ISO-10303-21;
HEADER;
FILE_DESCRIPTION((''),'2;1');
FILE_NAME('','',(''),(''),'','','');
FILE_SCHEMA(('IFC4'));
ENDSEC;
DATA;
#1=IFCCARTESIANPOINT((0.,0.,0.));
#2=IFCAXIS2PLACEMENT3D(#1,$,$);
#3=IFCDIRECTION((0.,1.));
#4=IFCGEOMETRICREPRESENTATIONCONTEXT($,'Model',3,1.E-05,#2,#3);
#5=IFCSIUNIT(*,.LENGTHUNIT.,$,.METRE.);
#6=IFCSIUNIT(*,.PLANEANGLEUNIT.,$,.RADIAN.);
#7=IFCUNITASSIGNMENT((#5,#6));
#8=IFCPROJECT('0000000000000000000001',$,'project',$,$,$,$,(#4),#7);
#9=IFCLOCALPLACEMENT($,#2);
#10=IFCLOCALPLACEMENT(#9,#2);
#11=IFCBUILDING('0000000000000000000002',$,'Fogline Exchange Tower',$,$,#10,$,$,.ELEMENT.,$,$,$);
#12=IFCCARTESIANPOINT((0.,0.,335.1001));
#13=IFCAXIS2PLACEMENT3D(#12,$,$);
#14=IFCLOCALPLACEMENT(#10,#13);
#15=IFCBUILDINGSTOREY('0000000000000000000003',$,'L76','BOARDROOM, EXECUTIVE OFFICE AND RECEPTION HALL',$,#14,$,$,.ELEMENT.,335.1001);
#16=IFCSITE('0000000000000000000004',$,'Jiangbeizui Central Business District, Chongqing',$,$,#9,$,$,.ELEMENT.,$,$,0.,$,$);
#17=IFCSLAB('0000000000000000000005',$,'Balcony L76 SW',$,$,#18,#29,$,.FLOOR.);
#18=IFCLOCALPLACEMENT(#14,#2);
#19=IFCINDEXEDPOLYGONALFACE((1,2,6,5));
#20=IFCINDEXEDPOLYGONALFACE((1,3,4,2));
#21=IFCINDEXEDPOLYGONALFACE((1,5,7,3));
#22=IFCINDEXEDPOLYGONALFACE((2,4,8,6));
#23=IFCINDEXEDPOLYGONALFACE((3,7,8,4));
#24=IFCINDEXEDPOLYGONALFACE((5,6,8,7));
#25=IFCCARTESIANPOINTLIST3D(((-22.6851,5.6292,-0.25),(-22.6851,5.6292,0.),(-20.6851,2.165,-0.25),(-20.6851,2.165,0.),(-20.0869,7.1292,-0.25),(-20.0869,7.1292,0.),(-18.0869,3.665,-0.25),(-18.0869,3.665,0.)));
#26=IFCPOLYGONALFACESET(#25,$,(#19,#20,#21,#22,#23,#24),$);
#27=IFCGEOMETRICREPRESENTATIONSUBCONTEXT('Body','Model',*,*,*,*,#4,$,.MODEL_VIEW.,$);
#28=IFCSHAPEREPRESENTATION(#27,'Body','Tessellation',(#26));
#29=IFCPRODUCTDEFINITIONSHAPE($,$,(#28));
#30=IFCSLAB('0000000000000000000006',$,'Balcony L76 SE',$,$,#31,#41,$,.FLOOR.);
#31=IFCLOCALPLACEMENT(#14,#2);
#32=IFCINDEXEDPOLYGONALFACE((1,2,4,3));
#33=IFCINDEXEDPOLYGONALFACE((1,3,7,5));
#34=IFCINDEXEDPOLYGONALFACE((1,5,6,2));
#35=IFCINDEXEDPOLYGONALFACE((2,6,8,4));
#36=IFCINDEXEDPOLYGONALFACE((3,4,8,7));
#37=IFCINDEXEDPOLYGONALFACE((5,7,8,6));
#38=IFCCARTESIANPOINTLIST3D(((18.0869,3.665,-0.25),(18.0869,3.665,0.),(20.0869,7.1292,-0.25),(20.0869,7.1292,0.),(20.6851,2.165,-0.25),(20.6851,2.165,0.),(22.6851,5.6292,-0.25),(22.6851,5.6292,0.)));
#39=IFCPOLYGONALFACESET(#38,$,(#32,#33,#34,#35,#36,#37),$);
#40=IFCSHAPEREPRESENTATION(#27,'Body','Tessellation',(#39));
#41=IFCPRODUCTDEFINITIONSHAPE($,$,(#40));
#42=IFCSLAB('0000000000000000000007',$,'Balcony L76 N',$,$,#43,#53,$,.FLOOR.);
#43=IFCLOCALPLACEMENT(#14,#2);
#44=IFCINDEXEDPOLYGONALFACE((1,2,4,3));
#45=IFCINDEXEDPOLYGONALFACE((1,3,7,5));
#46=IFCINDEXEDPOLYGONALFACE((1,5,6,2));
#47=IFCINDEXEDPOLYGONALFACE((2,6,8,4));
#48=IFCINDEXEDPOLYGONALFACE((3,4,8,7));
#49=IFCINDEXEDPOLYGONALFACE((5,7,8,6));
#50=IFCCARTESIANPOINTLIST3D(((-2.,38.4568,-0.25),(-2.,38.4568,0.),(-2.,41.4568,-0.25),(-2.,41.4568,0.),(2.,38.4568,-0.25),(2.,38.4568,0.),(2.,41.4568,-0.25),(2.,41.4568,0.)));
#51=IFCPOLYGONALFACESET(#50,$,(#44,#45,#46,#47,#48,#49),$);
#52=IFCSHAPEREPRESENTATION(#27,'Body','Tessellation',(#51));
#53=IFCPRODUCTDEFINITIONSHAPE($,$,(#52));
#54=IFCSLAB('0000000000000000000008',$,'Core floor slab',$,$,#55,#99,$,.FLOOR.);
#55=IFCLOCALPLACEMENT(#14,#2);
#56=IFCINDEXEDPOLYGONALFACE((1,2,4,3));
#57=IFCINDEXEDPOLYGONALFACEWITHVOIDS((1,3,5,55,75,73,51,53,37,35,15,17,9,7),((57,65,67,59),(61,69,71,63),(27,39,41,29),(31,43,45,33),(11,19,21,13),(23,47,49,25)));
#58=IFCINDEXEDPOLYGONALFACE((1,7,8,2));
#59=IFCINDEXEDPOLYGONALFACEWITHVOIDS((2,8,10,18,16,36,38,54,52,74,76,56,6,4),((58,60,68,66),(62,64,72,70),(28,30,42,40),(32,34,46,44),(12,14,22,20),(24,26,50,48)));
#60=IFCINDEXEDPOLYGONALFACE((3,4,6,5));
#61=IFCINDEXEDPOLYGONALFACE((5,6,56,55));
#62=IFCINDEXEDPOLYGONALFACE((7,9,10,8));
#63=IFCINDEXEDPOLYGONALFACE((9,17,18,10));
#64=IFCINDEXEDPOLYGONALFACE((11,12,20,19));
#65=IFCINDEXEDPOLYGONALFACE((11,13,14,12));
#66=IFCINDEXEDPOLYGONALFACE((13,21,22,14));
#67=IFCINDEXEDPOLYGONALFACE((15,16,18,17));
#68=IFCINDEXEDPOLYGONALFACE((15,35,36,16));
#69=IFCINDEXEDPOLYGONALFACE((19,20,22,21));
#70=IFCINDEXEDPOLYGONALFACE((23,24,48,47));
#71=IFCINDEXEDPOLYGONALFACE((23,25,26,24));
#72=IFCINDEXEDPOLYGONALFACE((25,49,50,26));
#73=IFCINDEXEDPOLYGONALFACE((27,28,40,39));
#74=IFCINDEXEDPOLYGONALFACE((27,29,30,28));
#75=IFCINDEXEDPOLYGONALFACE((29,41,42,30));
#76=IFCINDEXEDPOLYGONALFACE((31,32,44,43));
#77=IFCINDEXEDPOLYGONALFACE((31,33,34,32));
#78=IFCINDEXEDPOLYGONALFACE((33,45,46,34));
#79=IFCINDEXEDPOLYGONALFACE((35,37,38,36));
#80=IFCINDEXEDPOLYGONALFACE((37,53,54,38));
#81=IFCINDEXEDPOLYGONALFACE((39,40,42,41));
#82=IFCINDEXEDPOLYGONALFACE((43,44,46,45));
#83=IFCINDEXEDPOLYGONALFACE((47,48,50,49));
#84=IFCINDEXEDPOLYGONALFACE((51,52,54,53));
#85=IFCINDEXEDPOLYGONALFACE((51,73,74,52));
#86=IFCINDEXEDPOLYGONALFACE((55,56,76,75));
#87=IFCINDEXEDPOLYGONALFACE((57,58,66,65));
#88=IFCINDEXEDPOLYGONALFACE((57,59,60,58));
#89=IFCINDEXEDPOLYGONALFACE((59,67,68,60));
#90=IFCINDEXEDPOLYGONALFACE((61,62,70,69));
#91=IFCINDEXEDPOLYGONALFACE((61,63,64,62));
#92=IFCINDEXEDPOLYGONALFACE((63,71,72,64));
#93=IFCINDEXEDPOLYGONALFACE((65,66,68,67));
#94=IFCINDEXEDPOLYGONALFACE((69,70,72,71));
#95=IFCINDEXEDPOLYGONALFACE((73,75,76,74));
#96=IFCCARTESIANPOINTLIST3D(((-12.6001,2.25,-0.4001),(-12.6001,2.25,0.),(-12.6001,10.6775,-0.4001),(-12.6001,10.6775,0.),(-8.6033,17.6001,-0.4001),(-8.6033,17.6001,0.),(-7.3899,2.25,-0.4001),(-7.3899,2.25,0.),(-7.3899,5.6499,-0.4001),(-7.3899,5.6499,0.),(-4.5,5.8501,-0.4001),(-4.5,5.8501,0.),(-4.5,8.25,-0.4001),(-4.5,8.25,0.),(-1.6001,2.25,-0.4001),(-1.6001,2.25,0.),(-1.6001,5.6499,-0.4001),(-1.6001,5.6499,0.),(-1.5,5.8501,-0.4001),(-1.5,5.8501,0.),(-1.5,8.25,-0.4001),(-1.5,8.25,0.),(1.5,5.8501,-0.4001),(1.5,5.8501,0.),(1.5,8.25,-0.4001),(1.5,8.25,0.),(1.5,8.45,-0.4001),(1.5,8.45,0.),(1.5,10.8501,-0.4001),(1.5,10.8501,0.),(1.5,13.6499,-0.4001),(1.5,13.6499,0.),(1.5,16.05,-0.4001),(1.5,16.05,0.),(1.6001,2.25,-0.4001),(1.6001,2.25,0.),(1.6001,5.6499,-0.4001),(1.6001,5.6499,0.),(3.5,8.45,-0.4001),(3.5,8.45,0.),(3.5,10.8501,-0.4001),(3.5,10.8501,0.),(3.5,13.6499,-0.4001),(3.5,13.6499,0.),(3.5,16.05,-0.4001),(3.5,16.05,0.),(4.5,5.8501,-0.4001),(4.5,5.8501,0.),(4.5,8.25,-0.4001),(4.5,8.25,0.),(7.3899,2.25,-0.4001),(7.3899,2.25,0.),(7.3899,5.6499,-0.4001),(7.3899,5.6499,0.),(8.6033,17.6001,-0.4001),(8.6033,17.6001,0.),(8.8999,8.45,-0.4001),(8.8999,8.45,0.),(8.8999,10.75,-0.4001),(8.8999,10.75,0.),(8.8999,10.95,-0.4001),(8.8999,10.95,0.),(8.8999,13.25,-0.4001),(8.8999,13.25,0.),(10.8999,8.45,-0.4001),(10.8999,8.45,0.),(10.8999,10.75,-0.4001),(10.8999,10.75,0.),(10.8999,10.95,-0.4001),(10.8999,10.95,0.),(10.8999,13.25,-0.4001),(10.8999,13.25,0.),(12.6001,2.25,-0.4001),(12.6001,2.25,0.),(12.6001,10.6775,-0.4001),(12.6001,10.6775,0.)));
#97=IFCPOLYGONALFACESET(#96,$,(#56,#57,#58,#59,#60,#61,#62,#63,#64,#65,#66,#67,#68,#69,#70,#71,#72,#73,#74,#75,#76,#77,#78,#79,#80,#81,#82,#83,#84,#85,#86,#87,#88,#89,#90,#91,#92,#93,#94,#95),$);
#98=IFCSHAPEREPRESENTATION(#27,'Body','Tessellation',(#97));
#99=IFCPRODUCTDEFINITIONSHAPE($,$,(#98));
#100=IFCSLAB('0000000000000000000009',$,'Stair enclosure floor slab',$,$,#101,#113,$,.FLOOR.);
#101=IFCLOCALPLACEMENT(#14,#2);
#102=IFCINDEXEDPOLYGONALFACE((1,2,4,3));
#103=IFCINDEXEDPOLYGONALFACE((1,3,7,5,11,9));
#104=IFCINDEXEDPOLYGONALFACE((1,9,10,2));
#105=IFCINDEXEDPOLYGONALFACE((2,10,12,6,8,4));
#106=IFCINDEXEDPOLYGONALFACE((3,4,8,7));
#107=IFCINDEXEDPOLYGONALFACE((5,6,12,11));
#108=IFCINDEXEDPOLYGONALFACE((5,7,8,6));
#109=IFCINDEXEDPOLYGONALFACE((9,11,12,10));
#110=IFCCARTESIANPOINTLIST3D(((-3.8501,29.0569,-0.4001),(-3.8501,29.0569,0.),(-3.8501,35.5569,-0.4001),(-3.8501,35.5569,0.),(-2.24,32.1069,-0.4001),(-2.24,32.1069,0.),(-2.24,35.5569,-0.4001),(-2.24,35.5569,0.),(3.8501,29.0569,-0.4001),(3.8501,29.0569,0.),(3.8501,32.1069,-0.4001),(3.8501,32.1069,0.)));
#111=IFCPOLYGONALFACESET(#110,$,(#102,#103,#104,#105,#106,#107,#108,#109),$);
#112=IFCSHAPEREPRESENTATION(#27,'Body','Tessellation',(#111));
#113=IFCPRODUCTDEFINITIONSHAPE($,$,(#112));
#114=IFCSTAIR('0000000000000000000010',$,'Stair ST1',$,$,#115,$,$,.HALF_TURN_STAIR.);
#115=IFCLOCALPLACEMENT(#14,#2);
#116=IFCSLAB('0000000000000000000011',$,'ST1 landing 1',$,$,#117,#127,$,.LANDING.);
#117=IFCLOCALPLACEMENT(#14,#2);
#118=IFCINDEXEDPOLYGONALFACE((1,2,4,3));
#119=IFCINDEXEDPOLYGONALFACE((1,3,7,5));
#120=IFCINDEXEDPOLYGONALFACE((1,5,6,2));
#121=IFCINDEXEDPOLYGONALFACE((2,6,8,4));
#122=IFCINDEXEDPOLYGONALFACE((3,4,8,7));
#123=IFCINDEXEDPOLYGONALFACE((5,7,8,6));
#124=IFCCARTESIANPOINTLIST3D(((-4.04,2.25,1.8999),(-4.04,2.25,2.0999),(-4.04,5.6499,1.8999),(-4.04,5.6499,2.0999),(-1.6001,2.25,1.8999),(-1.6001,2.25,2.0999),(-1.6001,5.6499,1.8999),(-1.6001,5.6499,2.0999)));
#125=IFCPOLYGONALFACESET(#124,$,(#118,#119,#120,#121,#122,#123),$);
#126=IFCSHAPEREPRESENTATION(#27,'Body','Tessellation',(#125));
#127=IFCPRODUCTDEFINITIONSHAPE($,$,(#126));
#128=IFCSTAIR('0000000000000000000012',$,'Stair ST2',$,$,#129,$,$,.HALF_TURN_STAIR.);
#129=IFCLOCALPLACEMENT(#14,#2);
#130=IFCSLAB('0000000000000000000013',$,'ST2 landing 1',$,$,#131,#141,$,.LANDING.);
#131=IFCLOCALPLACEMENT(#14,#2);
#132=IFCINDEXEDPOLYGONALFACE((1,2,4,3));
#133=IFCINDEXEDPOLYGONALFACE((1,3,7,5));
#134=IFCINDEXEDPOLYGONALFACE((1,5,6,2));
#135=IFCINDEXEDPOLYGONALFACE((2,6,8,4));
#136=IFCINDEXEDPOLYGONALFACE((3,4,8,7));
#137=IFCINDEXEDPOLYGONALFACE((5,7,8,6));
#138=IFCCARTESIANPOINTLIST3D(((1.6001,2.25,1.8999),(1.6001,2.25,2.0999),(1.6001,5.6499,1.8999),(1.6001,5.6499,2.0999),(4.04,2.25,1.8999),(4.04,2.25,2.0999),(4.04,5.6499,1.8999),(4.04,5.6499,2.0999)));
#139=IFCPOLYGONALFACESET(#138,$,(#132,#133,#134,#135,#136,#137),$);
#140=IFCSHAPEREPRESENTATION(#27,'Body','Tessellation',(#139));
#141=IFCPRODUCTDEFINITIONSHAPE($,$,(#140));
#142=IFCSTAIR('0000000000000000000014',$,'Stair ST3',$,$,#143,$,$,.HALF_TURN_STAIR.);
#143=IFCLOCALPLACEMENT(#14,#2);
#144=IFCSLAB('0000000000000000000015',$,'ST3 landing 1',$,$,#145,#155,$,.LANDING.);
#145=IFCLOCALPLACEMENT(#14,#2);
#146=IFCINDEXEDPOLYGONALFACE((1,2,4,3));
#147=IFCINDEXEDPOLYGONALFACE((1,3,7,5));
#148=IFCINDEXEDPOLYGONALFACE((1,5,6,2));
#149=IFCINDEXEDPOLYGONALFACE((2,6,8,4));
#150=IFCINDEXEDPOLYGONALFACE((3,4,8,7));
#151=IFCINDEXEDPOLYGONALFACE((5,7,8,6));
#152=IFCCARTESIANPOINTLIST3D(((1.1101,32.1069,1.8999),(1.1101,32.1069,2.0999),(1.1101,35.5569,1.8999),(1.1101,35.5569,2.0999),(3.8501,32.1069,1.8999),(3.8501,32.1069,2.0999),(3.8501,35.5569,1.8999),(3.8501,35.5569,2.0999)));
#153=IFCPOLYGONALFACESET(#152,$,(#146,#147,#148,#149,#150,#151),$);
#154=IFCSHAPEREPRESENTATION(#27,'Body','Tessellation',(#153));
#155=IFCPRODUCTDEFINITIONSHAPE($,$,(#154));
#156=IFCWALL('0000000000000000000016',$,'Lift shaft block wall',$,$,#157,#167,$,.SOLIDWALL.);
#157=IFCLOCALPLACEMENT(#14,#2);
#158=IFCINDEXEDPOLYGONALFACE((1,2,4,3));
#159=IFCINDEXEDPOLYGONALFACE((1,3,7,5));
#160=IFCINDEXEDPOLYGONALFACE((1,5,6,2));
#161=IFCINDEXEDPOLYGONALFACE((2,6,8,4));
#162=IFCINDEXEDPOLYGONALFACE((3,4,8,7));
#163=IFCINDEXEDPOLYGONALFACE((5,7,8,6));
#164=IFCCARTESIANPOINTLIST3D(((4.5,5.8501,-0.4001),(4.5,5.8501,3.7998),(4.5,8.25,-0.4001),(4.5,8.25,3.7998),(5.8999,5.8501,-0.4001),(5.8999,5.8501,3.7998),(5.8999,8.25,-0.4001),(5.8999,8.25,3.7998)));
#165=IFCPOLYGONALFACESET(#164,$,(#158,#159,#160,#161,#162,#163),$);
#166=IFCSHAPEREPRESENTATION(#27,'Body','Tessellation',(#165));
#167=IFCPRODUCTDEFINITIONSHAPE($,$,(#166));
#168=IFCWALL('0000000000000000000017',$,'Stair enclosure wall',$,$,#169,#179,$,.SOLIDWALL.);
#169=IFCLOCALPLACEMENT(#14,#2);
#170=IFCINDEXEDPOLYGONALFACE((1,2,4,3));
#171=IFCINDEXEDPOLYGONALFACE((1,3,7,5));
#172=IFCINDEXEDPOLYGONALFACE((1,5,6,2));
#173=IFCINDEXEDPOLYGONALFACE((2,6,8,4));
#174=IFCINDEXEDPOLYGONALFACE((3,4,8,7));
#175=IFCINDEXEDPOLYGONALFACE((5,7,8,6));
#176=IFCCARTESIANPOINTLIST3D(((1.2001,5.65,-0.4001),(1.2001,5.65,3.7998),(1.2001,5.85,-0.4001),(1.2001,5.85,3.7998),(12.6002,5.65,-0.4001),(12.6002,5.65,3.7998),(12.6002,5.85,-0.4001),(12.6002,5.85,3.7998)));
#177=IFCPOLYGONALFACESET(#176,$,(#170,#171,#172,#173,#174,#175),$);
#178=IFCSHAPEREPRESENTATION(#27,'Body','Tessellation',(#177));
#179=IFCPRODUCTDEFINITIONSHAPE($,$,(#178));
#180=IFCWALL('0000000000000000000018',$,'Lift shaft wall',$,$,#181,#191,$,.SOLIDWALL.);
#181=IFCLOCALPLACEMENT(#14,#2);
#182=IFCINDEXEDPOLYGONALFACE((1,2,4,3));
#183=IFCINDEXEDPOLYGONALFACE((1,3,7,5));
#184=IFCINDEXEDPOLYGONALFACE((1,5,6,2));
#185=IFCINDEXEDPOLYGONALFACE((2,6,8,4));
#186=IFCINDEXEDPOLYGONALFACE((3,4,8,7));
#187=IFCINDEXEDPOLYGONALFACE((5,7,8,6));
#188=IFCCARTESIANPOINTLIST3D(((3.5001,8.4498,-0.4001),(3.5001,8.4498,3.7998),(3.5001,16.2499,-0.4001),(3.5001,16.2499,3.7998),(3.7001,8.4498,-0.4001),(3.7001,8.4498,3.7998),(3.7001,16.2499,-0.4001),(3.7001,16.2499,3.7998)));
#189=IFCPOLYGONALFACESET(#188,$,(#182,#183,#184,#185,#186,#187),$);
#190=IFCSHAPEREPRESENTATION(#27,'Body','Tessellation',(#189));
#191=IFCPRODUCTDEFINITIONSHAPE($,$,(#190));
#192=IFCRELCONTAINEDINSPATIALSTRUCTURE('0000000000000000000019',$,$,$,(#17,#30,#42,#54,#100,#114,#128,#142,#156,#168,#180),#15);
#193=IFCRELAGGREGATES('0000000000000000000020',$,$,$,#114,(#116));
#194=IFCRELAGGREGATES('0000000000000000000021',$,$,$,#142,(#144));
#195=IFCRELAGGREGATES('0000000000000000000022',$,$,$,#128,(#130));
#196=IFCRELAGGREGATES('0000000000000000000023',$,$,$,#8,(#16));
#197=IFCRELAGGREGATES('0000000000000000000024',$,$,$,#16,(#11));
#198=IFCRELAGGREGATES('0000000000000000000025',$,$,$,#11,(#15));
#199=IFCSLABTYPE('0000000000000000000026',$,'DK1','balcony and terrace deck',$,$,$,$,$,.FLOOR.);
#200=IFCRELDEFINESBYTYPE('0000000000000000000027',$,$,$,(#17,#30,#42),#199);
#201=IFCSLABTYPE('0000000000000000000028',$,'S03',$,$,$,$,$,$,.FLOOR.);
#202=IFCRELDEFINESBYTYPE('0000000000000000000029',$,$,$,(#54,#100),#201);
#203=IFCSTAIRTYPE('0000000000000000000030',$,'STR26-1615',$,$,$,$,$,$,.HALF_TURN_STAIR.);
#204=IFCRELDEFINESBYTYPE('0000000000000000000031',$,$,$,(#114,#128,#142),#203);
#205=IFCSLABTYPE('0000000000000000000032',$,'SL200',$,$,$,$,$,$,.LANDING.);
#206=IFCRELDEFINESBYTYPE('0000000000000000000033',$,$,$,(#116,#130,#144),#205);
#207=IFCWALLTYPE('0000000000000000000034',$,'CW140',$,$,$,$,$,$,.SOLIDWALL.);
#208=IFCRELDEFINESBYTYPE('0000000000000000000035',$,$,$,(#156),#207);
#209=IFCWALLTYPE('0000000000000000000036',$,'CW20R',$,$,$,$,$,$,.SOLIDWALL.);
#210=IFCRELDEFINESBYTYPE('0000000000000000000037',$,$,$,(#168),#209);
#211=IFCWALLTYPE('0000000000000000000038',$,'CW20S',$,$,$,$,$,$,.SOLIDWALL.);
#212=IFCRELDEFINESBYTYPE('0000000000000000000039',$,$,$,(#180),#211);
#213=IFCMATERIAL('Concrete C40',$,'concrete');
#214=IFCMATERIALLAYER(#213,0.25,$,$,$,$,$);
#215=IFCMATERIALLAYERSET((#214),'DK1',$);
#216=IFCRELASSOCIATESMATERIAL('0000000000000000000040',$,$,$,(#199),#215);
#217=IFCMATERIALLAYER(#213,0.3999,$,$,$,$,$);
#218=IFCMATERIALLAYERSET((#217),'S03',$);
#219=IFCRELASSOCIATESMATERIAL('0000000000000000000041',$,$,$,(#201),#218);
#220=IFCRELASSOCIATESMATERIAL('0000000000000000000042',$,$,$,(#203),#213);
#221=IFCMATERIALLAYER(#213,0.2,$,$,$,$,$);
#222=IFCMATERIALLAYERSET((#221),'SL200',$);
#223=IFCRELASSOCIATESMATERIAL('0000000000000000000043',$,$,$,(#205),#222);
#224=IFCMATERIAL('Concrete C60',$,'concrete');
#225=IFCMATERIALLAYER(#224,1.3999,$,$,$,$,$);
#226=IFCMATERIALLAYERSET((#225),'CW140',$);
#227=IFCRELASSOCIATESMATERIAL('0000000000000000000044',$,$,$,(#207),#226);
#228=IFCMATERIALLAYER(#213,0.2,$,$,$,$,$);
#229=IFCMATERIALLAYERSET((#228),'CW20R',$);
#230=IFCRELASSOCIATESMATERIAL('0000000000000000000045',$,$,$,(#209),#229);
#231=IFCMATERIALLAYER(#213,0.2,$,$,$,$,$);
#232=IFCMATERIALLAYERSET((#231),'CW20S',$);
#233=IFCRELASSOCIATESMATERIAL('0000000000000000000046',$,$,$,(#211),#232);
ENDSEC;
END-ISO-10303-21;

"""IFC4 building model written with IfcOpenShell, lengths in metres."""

from ifc_helpers import new_model, si_unit, direction, frame, frame_2d, origin, place, context, subcontext, project, spatial, polyline, rectangle, outline, extrude, material, layer, layer_set, type_object, element, aggregate, save


model = new_model("IFC4")

# Units and contexts
model_context = context("Model", 3, precision=1e-05, world=origin(), true_north=direction((0.0, 1.0)))
body_context = subcontext(model_context, "Body", "Model", "MODEL_VIEW")
ifc_project = project(units=[si_unit("LENGTHUNIT", "METRE"), si_unit("PLANEANGLEUNIT", "RADIAN")], contexts=[model_context])

# Site, building, storey
site_placement = place(None, origin())
site = spatial("IfcSite", under=ifc_project, at=site_placement, Name="Jiangbeizui Central Business District, Chongqing", CompositionType="ELEMENT", RefElevation=0.0)
building_placement = place(site_placement, origin())
building = spatial("IfcBuilding", under=site, at=building_placement, Name="Fogline Exchange Tower", CompositionType="ELEMENT")
storey_placement = place(building_placement, frame((0.0, 0.0, 335.1001)))
storey = spatial("IfcBuildingStorey", under=building, at=storey_placement, Name="L76", Description="BOARDROOM, EXECUTIVE OFFICE AND RECEPTION HALL", CompositionType="ELEMENT", Elevation=335.1001)

# Slabs
ifc_material_1 = material(Name="Concrete C40", Category="concrete")
ifc_layer_1 = layer(ifc_material_1, 0.25)
ifc_layer_set_1 = layer_set([ifc_layer_1], Name="DK1")
slab_type_1 = type_object("IfcSlabType", Name="DK1", Description="balcony and terrace deck", PredefinedType="FLOOR", material=ifc_layer_set_1)
slab_1_placement = place(storey_placement, frame((0.0, 0.0, -0.25)))
element("IfcSlab", 1, at=slab_1_placement, inside=storey, type_object=slab_type_1, Name="Balcony L76 SW", PredefinedType="FLOOR", context=body_context, shape_type="SweptSolid", body=[
    extrude(outline(polyline([(-22.6851, 5.6292), (-20.6851, 2.165), (-18.0869, 3.665), (-20.0869, 7.1292), (-22.6851, 5.6292)])), origin(), (0.0, 0.0, 1.0), 0.25),
])
slab_2_placement = place(storey_placement, frame((0.0, 0.0, -0.25)))
element("IfcSlab", 2, at=slab_2_placement, inside=storey, type_object=slab_type_1, Name="Balcony L76 SE", PredefinedType="FLOOR", context=body_context, shape_type="SweptSolid", body=[
    extrude(outline(polyline([(20.6851, 2.165), (22.6851, 5.6292), (20.0869, 7.1292), (18.0869, 3.665), (20.6851, 2.165)])), origin(), (0.0, 0.0, 1.0), 0.25),
])
slab_3_placement = place(storey_placement, frame((0.0, 0.0, -0.25)))
element("IfcSlab", 3, at=slab_3_placement, inside=storey, type_object=slab_type_1, Name="Balcony L76 N", PredefinedType="FLOOR", context=body_context, shape_type="SweptSolid", body=[
    extrude(outline(polyline([(2.0, 41.4568), (-2.0, 41.4568), (-2.0, 38.4568), (2.0, 38.4568), (2.0, 41.4568)])), origin(), (0.0, 0.0, 1.0), 0.25),
])
ifc_layer_2 = layer(ifc_material_1, 0.3999)
ifc_layer_set_2 = layer_set([ifc_layer_2], Name="S03")
slab_type_2 = type_object("IfcSlabType", Name="S03", PredefinedType="FLOOR", material=ifc_layer_set_2)
slab_4_placement = place(storey_placement, frame((0.0, 0.0, -0.4001)))
element("IfcSlab", 4, at=slab_4_placement, inside=storey, type_object=slab_type_2, Name="Core floor slab", PredefinedType="FLOOR", context=body_context, shape_type="SweptSolid", body=[
    extrude(outline(polyline([(-12.6001, 2.25), (-12.6001, 10.6775), (-8.6033, 17.6001), (8.6033, 17.6001), (12.6001, 10.6775), (12.6001, 2.25), (7.3899, 2.25), (7.3899, 5.6499), (1.6001, 5.6499), (1.6001, 2.25), (-1.6001, 2.25), (-1.6001, 5.6499), (-7.3899, 5.6499), (-7.3899, 2.25), (-12.6001, 2.25)]), holes=[polyline([(-4.5, 8.25), (-4.5, 5.8501), (-1.5, 5.8501), (-1.5, 8.25), (-4.5, 8.25)]), polyline([(1.5, 8.25), (1.5, 5.8501), (4.5, 5.8501), (4.5, 8.25), (1.5, 8.25)]), polyline([(8.8999, 10.75), (8.8999, 8.45), (10.8999, 8.45), (10.8999, 10.75), (8.8999, 10.75)]), polyline([(1.5, 10.8501), (1.5, 8.45), (3.5, 8.45), (3.5, 10.8501), (1.5, 10.8501)]), polyline([(8.8999, 13.25), (8.8999, 10.95), (10.8999, 10.95), (10.8999, 13.25), (8.8999, 13.25)]), polyline([(1.5, 16.05), (1.5, 13.6499), (3.5, 13.6499), (3.5, 16.05), (1.5, 16.05)])]), origin(), (0.0, 0.0, 1.0), 0.4001),
])
slab_5_placement = place(storey_placement, frame((0.0, 0.0, -0.4001)))
element("IfcSlab", 5, at=slab_5_placement, inside=storey, type_object=slab_type_2, Name="Stair enclosure floor slab", PredefinedType="FLOOR", context=body_context, shape_type="SweptSolid", body=[
    extrude(outline(polyline([(3.8501, 29.0569), (-3.8501, 29.0569), (-3.8501, 35.5569), (-2.24, 35.5569), (-2.24, 32.1069), (3.8501, 32.1069), (3.8501, 29.0569)])), origin(), (0.0, 0.0, 1.0), 0.4001),
])

# Stairs, slabs
stair_type = type_object("IfcStairType", Name="STR26-1615", PredefinedType="HALF_TURN_STAIR", material=ifc_material_1)
stair_1_placement = place(storey_placement, origin())
stair_1 = element("IfcStair", 6, at=stair_1_placement, inside=storey, type_object=stair_type, Name="Stair ST1", PredefinedType="HALF_TURN_STAIR")
ifc_layer_3 = layer(ifc_material_1, 0.2)
ifc_layer_set_3 = layer_set([ifc_layer_3], Name="SL200")
slab_type_3 = type_object("IfcSlabType", Name="SL200", PredefinedType="LANDING", material=ifc_layer_set_3)
slab_6_placement = place(storey_placement, frame((0.0, 0.0, 1.8999)))
slab_6 = element("IfcSlab", 7, at=slab_6_placement, type_object=slab_type_3, Name="ST1 landing 1", PredefinedType="LANDING", context=body_context, shape_type="SweptSolid", body=[
    extrude(outline(polyline([(-4.04, 2.25), (-1.6001, 2.25), (-1.6001, 5.6499), (-4.04, 5.6499), (-4.04, 2.25)])), origin(), (0.0, 0.0, 1.0), 0.2),
])
aggregate(stair_1, [slab_6])
stair_2_placement = place(storey_placement, origin())
stair_2 = element("IfcStair", 8, at=stair_2_placement, inside=storey, type_object=stair_type, Name="Stair ST2", PredefinedType="HALF_TURN_STAIR")
slab_7_placement = place(storey_placement, frame((0.0, 0.0, 1.8999)))
slab_7 = element("IfcSlab", 9, at=slab_7_placement, type_object=slab_type_3, Name="ST2 landing 1", PredefinedType="LANDING", context=body_context, shape_type="SweptSolid", body=[
    extrude(outline(polyline([(1.6001, 2.25), (4.04, 2.25), (4.04, 5.6499), (1.6001, 5.6499), (1.6001, 2.25)])), origin(), (0.0, 0.0, 1.0), 0.2),
])
stair_3_placement = place(storey_placement, origin())
stair_3 = element("IfcStair", 10, at=stair_3_placement, inside=storey, type_object=stair_type, Name="Stair ST3", PredefinedType="HALF_TURN_STAIR")
slab_8_placement = place(storey_placement, frame((0.0, 0.0, 1.8999)))
slab_8 = element("IfcSlab", 11, at=slab_8_placement, type_object=slab_type_3, Name="ST3 landing 1", PredefinedType="LANDING", context=body_context, shape_type="SweptSolid", body=[
    extrude(outline(polyline([(1.1101, 32.1069), (3.8501, 32.1069), (3.8501, 35.5569), (1.1101, 35.5569), (1.1101, 32.1069)])), origin(), (0.0, 0.0, 1.0), 0.2),
])
aggregate(stair_3, [slab_8])

# Walls
ifc_material_2 = material(Name="Concrete C60", Category="concrete")
ifc_layer_4 = layer(ifc_material_2, 1.3999)
ifc_layer_set_4 = layer_set([ifc_layer_4], Name="CW140")
wall_type_1 = type_object("IfcWallType", Name="CW140", PredefinedType="SOLIDWALL", material=ifc_layer_set_4)
wall_1_placement = place(storey_placement, frame((5.2, 5.8501, -0.4001), z_axis=(0.0, 0.0, 1.0), x_axis=(0.0, 1.0, 0.0)))
element("IfcWall", 12, at=wall_1_placement, inside=storey, type_object=wall_type_1, Name="Lift shaft block wall", PredefinedType="SOLIDWALL", context=body_context, shape_type="SweptSolid", body=[
    extrude(rectangle(XDim=2.3999, YDim=1.3999, at=frame_2d((1.2, 0.0))), origin(), (0.0, 0.0, 1.0), 4.2),
])
ifc_layer_5 = layer(ifc_material_1, 0.2)
ifc_layer_set_5 = layer_set([ifc_layer_5], Name="CW20R")
wall_type_2 = type_object("IfcWallType", Name="CW20R", PredefinedType="SOLIDWALL", material=ifc_layer_set_5)
wall_2_placement = place(storey_placement, frame((1.2, 5.75, -0.4001), z_axis=(0.0, 0.0, 1.0), x_axis=(1.0, 0.0, 0.0)))
element("IfcWall", 13, at=wall_2_placement, inside=storey, type_object=wall_type_2, Name="Stair enclosure wall", PredefinedType="SOLIDWALL", context=body_context, shape_type="SweptSolid", body=[
    extrude(rectangle(XDim=11.4001, YDim=0.2, at=frame_2d((5.7002, 0.0))), origin(), (0.0, 0.0, 1.0), 4.2),
])
ifc_layer_6 = layer(ifc_material_1, 0.2)
ifc_layer_set_6 = layer_set([ifc_layer_6], Name="CW20S")
wall_type_3 = type_object("IfcWallType", Name="CW20S", PredefinedType="SOLIDWALL", material=ifc_layer_set_6)
wall_3_placement = place(storey_placement, frame((3.6001, 8.45, -0.4001), z_axis=(0.0, 0.0, 1.0), x_axis=(0.0, 1.0, 0.0)))
element("IfcWall", 14, at=wall_3_placement, inside=storey, type_object=wall_type_3, Name="Lift shaft wall", PredefinedType="SOLIDWALL", context=body_context, shape_type="SweptSolid", body=[
    extrude(rectangle(XDim=7.8, YDim=0.2, at=frame_2d((3.8999, 0.0))), origin(), (0.0, 0.0, 1.0), 4.2),
])

aggregate(stair_2, [slab_7])

save(model, "model.ifc")
